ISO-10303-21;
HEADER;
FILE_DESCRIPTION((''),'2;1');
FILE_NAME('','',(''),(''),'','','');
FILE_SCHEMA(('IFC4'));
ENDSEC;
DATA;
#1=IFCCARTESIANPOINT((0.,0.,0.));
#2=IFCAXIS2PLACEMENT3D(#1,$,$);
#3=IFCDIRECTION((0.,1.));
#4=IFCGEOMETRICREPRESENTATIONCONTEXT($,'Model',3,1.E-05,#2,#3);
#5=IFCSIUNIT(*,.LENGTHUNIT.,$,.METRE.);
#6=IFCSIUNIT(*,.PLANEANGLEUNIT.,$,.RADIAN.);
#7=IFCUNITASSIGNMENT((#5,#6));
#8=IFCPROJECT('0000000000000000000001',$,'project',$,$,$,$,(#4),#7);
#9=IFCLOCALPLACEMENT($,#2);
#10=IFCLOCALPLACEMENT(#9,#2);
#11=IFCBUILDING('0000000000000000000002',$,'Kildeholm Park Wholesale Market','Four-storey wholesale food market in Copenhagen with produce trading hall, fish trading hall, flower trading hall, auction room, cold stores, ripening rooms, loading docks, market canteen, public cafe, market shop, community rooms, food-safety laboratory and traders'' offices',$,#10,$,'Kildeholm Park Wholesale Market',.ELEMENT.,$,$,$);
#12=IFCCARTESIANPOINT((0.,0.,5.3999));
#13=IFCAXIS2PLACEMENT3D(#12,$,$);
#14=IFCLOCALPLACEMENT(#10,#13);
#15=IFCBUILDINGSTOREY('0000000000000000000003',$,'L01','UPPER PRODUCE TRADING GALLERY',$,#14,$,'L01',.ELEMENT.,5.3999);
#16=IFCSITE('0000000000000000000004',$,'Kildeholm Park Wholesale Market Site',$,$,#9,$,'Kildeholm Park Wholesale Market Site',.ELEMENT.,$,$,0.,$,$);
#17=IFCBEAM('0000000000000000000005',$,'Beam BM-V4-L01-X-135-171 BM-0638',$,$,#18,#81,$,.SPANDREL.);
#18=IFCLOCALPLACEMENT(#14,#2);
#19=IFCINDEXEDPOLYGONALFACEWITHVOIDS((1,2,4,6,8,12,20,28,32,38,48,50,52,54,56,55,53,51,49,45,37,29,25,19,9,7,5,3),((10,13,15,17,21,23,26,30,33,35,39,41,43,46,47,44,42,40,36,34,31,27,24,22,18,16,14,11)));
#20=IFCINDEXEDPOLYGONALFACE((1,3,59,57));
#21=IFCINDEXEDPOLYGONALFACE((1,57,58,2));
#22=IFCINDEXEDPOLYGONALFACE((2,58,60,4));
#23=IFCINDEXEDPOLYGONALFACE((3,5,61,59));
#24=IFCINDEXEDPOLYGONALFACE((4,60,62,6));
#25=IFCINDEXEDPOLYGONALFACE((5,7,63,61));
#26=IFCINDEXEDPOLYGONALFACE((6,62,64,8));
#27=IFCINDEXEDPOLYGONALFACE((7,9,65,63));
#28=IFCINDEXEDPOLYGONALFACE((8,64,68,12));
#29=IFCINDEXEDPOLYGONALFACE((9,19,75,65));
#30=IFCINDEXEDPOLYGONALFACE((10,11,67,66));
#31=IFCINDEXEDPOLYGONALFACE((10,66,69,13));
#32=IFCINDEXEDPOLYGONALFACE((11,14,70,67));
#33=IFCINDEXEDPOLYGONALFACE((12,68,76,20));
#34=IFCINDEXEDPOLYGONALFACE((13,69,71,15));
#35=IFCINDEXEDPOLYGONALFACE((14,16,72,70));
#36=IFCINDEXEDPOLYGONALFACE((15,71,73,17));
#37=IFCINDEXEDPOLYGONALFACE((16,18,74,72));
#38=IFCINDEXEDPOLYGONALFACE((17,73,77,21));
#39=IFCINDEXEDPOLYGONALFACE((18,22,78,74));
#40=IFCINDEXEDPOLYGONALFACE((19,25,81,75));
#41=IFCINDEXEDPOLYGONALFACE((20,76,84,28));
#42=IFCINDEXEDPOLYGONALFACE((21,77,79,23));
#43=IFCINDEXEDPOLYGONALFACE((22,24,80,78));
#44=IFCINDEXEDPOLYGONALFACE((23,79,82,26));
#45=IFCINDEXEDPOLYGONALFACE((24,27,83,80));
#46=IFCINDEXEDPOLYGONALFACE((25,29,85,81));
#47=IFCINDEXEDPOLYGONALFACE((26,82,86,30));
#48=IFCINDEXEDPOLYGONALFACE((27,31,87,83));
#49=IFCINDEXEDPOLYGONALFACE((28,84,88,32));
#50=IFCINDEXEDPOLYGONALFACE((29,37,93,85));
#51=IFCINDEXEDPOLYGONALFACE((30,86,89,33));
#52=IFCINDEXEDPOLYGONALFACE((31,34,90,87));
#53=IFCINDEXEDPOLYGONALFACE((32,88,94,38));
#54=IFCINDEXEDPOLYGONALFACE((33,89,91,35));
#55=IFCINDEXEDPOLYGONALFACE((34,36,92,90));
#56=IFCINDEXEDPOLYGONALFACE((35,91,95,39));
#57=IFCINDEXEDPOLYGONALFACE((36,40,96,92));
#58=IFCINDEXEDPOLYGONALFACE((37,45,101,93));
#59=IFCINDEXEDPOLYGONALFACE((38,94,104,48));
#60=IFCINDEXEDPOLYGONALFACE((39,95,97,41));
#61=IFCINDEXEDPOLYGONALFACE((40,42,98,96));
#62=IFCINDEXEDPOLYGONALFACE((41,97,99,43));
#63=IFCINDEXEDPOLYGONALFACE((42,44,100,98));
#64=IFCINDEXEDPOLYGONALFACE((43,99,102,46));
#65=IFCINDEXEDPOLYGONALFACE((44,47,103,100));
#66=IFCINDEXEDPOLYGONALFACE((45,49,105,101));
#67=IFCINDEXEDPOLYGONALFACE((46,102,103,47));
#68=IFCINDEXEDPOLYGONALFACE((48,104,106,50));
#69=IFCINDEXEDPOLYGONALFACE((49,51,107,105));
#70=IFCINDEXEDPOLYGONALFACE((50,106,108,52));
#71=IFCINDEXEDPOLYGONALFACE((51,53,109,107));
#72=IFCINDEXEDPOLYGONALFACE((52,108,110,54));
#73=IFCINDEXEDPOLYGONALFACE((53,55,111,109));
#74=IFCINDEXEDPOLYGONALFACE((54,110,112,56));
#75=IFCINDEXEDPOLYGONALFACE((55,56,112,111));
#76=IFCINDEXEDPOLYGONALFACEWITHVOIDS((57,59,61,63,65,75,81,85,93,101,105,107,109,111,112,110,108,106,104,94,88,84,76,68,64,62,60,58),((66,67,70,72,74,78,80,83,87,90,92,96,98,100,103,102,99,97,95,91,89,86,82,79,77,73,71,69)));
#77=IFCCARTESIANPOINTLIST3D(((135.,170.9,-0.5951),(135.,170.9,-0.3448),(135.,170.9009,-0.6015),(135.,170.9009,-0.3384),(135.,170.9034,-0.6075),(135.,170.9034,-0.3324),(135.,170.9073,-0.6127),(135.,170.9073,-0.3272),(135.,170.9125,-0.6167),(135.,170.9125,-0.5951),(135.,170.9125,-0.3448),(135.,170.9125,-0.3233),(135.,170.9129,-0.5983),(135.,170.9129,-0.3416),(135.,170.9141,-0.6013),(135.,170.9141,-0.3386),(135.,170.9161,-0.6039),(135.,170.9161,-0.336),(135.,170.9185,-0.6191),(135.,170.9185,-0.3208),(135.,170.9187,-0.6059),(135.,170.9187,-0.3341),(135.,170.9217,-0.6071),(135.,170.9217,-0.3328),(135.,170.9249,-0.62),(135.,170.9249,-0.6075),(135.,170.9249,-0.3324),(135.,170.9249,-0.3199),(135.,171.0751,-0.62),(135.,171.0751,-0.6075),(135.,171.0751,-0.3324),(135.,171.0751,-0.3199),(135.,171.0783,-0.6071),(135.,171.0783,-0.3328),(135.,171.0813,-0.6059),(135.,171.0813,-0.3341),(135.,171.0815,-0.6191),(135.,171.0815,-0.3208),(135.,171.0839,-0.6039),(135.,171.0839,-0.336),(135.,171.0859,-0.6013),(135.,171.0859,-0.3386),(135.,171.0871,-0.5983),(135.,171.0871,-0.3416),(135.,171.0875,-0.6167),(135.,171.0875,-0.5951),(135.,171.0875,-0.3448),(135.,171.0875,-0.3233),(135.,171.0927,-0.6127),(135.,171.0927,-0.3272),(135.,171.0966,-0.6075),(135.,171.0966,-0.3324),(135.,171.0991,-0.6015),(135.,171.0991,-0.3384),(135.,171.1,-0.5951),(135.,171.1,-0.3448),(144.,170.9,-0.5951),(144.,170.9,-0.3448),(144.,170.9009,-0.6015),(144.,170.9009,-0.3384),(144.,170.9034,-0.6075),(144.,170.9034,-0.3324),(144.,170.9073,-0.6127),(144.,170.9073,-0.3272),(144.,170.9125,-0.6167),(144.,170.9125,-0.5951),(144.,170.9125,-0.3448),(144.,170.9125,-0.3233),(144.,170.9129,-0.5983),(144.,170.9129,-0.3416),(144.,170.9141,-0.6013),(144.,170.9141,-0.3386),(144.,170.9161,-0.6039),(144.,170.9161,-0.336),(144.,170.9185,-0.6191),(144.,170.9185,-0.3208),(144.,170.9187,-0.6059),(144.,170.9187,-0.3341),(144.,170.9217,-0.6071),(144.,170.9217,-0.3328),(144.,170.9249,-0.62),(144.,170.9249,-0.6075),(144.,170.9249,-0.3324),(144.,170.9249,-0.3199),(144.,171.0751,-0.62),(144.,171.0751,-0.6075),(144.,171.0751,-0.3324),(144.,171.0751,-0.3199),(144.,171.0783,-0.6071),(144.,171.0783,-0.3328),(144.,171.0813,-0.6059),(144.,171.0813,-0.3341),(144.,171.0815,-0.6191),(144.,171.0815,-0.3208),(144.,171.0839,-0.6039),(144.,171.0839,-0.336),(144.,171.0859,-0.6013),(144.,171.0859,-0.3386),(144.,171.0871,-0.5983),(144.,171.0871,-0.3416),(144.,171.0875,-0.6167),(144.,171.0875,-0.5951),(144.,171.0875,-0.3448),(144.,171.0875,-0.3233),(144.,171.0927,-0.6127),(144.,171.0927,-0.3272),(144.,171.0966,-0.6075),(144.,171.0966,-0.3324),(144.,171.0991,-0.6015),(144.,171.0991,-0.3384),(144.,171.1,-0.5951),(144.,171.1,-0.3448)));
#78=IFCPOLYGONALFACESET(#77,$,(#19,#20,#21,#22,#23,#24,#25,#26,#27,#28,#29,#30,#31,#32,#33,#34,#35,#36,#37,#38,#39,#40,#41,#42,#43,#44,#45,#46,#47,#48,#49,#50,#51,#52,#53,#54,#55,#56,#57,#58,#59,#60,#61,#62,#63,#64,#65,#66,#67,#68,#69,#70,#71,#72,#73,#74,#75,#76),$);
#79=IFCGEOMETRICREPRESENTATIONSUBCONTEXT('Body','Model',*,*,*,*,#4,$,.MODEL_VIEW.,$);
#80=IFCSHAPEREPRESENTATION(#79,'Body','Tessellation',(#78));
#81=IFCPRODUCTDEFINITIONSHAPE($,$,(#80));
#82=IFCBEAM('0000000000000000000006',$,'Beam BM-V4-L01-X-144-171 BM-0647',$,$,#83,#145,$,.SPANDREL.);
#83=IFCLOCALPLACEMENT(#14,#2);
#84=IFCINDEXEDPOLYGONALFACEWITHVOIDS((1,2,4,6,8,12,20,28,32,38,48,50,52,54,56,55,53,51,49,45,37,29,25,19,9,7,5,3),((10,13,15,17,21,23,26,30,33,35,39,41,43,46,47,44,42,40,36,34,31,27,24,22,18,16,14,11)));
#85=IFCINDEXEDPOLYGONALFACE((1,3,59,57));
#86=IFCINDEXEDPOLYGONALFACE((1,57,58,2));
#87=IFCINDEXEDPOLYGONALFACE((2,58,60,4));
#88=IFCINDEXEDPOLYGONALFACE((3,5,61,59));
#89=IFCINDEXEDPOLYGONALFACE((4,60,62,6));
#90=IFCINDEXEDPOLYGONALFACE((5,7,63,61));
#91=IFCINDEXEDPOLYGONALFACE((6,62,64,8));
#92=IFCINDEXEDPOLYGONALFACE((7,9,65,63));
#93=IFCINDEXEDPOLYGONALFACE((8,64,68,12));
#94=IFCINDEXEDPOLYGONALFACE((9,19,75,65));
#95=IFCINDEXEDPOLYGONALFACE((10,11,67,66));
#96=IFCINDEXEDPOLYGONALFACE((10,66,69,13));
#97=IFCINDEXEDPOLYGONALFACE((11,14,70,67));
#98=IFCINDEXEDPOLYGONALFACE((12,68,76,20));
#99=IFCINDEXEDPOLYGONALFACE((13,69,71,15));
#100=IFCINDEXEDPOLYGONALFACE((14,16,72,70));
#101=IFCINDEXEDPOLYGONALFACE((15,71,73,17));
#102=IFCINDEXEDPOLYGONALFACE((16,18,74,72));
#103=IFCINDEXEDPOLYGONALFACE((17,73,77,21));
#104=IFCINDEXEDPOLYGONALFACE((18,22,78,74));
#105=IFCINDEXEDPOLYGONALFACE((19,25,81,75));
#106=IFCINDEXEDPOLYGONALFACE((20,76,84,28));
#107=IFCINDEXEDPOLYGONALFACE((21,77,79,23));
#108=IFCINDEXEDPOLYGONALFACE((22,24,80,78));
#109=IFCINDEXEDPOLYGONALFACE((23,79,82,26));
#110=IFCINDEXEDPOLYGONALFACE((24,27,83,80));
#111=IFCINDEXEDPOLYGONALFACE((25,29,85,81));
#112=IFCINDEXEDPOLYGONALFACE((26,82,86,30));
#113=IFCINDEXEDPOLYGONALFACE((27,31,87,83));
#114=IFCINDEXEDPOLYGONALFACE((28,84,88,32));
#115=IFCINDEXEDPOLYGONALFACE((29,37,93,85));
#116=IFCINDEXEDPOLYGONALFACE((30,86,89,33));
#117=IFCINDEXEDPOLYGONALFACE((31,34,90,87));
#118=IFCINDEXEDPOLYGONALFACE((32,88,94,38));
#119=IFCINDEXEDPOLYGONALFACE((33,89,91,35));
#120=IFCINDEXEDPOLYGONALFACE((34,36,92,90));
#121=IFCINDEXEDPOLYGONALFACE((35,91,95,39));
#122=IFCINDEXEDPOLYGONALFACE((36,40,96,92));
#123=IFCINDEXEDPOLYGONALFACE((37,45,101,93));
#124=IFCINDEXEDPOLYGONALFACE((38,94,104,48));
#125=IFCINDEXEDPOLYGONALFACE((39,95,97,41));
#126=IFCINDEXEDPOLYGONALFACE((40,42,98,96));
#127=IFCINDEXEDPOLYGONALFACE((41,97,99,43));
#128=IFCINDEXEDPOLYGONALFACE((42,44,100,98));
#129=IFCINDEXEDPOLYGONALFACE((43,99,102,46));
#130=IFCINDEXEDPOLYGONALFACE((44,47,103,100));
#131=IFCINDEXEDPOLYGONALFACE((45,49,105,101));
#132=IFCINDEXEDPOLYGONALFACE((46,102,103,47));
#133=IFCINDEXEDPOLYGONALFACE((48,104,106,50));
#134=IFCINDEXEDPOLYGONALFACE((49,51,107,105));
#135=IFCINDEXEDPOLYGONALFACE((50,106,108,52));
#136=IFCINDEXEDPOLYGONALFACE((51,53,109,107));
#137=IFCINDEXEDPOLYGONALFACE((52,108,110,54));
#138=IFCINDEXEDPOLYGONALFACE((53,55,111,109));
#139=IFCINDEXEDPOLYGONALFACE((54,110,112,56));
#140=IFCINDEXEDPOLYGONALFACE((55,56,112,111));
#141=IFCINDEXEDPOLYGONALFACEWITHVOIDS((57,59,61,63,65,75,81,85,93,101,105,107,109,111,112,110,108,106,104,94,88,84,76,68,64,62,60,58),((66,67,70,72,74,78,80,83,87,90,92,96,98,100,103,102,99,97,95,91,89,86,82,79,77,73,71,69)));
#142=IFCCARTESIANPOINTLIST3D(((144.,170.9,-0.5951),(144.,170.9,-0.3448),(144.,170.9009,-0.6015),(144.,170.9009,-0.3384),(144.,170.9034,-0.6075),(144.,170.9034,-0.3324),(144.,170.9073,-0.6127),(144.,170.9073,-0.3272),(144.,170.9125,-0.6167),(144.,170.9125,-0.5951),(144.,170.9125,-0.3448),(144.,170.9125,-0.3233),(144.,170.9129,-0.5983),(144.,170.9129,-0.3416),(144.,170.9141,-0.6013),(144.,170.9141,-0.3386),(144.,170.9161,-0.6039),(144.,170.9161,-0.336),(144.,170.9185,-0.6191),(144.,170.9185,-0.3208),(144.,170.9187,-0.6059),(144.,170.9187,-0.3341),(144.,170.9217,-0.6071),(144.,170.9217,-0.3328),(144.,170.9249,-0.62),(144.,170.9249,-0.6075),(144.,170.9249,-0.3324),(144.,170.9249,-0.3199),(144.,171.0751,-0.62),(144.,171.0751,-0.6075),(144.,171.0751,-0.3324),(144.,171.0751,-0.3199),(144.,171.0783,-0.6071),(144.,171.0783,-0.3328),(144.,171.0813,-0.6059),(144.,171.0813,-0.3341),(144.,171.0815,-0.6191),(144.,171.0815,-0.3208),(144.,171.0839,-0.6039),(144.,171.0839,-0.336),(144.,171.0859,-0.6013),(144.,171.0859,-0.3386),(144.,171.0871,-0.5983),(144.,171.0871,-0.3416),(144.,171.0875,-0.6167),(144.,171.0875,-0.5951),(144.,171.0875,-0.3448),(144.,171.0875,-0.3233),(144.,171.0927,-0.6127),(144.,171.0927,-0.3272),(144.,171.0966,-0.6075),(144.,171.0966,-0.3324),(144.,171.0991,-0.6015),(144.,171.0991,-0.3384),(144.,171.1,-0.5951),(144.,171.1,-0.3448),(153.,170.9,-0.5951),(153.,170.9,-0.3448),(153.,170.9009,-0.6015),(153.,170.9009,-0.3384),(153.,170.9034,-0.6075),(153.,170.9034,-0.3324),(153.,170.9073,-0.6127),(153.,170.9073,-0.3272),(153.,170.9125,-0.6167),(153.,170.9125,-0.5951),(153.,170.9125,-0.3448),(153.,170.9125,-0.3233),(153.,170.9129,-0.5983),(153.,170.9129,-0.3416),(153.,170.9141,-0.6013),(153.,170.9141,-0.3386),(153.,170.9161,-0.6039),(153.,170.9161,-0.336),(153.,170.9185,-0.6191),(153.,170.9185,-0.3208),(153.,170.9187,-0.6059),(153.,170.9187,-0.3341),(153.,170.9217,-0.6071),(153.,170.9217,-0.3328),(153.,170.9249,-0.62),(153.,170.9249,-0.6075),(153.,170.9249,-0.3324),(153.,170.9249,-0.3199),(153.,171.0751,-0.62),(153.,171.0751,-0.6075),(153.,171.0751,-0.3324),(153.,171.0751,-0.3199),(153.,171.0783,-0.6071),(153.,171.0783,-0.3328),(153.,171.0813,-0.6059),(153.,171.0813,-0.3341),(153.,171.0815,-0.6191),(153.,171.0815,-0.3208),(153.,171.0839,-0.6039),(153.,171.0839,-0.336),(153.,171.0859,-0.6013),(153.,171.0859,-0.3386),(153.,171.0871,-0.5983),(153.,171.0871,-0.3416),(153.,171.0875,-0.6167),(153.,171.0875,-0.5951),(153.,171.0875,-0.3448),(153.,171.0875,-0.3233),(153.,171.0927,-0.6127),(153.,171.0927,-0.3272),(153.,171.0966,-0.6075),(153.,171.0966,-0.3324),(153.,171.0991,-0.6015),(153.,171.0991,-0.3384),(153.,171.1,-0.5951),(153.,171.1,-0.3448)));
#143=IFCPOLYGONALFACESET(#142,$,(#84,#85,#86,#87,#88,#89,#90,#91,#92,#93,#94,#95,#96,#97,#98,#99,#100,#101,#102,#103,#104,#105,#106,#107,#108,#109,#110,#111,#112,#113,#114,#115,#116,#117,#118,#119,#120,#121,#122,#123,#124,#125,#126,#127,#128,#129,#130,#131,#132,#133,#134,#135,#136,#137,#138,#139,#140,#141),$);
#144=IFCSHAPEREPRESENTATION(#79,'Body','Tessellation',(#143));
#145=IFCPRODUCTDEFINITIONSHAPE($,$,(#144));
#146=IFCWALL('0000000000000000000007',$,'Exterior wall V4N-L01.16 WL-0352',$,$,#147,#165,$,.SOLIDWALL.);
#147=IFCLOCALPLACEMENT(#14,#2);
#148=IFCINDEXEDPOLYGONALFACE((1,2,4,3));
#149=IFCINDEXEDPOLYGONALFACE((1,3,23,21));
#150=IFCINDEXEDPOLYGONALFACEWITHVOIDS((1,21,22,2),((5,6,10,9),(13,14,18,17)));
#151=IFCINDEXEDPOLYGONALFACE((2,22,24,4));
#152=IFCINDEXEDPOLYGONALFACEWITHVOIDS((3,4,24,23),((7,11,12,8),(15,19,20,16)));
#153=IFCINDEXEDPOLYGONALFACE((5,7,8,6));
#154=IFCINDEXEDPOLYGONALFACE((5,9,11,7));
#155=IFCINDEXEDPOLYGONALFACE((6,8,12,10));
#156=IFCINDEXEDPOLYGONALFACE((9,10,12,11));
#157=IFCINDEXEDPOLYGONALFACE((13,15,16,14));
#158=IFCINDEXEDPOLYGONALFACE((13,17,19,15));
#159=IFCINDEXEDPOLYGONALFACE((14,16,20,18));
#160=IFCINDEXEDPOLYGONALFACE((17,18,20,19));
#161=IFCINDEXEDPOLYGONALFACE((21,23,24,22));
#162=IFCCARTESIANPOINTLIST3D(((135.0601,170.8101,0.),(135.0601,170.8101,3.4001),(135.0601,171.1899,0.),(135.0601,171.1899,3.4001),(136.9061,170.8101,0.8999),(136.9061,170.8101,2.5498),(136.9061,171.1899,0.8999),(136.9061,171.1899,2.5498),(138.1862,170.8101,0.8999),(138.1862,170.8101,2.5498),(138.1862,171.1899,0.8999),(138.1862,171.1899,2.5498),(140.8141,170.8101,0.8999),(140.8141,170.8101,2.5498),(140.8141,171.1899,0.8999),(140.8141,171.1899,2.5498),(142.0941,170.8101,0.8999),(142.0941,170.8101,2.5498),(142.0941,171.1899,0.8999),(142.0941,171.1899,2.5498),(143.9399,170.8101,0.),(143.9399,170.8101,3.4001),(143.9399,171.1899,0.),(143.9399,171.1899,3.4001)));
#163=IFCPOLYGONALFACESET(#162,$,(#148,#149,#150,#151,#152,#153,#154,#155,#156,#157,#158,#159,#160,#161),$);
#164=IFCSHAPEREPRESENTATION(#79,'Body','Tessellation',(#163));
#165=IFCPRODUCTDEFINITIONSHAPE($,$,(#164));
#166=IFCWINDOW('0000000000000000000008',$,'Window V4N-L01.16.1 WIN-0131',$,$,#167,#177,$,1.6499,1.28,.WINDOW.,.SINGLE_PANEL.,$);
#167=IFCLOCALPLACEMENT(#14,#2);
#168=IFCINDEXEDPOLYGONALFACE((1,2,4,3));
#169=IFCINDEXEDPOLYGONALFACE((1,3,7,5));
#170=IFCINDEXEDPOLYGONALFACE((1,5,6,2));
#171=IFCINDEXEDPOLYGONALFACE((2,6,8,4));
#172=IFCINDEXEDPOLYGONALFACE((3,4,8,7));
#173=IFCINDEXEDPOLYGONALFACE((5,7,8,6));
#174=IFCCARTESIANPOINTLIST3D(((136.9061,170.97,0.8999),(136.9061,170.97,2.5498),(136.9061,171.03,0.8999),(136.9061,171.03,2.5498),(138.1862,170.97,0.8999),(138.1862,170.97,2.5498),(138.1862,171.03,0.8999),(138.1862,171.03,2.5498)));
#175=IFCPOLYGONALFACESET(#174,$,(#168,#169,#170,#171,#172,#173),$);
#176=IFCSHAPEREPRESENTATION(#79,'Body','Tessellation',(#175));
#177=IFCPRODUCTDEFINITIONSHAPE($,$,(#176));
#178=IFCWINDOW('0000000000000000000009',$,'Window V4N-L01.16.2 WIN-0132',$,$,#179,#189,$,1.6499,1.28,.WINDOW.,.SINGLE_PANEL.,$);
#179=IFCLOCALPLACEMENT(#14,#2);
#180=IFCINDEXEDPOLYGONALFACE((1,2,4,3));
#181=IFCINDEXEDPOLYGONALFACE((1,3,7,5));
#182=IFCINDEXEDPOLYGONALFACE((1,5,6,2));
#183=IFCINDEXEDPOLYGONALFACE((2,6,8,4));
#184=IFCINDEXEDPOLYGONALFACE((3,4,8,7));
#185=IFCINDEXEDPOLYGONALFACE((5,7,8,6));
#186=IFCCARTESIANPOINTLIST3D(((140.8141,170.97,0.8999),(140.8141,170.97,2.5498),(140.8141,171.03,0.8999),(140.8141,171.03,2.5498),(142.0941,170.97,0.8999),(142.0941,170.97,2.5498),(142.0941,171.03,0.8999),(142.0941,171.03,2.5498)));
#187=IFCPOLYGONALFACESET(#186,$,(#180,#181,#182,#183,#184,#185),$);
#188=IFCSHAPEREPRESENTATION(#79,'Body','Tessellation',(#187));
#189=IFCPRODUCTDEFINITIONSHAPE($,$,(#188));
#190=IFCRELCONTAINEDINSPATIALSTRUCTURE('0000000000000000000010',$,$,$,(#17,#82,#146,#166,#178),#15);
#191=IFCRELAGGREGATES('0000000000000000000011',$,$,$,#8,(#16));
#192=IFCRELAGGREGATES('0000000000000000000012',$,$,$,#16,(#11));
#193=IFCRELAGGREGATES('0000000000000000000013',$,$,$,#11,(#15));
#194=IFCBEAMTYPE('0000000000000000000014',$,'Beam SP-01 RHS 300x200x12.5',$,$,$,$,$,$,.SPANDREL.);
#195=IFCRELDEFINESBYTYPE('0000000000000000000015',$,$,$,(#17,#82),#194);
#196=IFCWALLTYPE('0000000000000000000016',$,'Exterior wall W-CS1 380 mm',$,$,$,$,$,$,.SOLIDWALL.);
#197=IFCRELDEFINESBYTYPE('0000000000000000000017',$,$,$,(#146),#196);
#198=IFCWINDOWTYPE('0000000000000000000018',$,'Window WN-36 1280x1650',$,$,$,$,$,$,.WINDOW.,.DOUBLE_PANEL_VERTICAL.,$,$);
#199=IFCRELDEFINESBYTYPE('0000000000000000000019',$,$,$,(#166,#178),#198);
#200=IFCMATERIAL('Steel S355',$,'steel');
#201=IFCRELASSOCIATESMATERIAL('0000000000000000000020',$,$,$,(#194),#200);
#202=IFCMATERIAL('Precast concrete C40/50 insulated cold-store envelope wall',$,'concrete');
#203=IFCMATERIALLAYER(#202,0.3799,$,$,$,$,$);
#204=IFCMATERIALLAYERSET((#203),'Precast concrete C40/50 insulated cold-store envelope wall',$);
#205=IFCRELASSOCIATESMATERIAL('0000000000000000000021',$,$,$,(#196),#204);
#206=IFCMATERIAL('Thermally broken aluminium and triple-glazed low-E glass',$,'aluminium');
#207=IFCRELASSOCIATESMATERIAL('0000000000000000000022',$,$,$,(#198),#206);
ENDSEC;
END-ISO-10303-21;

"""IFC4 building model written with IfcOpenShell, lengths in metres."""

from ifc_helpers import new_model, si_unit, direction, frame, frame_2d, origin, origin_2d, place, context, subcontext, project, spatial, rectangle, hollow_rectangle, extrude, material, layer, layer_set, material_profile, profile_set, type_object, element, fill, save


model = new_model("IFC4")

# Units and contexts
model_context = context("Model", 3, precision=1e-05, world=origin(), true_north=direction((0.0, 1.0)))
body_context = subcontext(model_context, "Body", "Model", "MODEL_VIEW")
ifc_project = project(units=[si_unit("LENGTHUNIT", "METRE"), si_unit("PLANEANGLEUNIT", "RADIAN")], contexts=[model_context])

# Site, building, storey
site_placement = place(None, origin())
site = spatial("IfcSite", under=ifc_project, at=site_placement, Name="Kildeholm Park Wholesale Market Site", LongName="Kildeholm Park Wholesale Market Site", CompositionType="ELEMENT", RefElevation=0.0)
building_placement = place(site_placement, origin())
building = spatial("IfcBuilding", under=site, at=building_placement, Name="Kildeholm Park Wholesale Market", Description="Four-storey wholesale food market in Copenhagen with produce trading hall, fish trading hall, flower trading hall, auction room, cold stores, ripening rooms, loading docks, market canteen, public cafe, market shop, community rooms, food-safety laboratory and traders' offices", LongName="Kildeholm Park Wholesale Market", CompositionType="ELEMENT")
storey_placement = place(building_placement, frame((0.0, 0.0, 5.3999)))
storey = spatial("IfcBuildingStorey", under=building, at=storey_placement, Name="L01", Description="UPPER PRODUCE TRADING GALLERY", LongName="L01", CompositionType="ELEMENT", Elevation=5.3999)

# Beams
ifc_material_1 = material(Name="Steel S355", Category="steel")
ifc_material_profile_1 = material_profile(ifc_material_1, hollow_rectangle(XDim=0.2, YDim=0.3, WallThickness=0.0125, InnerFilletRadius=0.0125, OuterFilletRadius=0.0249, at=origin_2d()), Name="RHS 300x200x12.5")
ifc_profile_set_1 = profile_set([ifc_material_profile_1], Name="Steel S355")
beam_type_1 = type_object("IfcBeamType", Name="Beam SP-01 RHS 300x200x12.5", PredefinedType="SPANDREL", material=ifc_profile_set_1)
for number, where, z_axis, x_axis, name in (
    (1, (135.0, 171.0, -0.47), (1.0, 0.0, 0.0), (0.0, 1.0, 0.0), "Beam BM-V4-L01-X-135-171 BM-0638"),
    (2, (144.0, 171.0, -0.47), (1.0, 0.0, 0.0), (0.0, 1.0, 0.0), "Beam BM-V4-L01-X-144-171 BM-0647"),
):
    element("IfcBeam", number, at=place(storey_placement, frame(where, z_axis=z_axis, x_axis=x_axis)), inside=storey, type_object=beam_type_1, Name=name, PredefinedType="SPANDREL", context=body_context, shape_type="SweptSolid", body=[
        extrude(hollow_rectangle(XDim=0.2, YDim=0.3, WallThickness=0.0125, InnerFilletRadius=0.0125, OuterFilletRadius=0.0249, at=origin_2d()), origin(), (0.0, 0.0, 1.0), 9.0),
    ])

# Wall, openings, windows
ifc_material_2 = material(Name="Precast concrete C40/50 insulated cold-store envelope wall", Category="concrete")
ifc_layer_1 = layer(ifc_material_2, 0.3799)
ifc_layer_set_1 = layer_set([ifc_layer_1], Name="Precast concrete C40/50 insulated cold-store envelope wall")
wall_type_1 = type_object("IfcWallType", Name="Exterior wall W-CS1 380 mm", PredefinedType="SOLIDWALL", material=ifc_layer_set_1)
wall_1_placement = place(storey_placement, frame((135.0601, 171.0, 0.0), z_axis=(0.0, 0.0, 1.0), x_axis=(1.0, 0.0, 0.0)))
wall_1 = element("IfcWall", 3, at=wall_1_placement, inside=storey, type_object=wall_type_1, Name="Exterior wall V4N-L01.16 WL-0352", PredefinedType="SOLIDWALL", context=body_context, shape_type="SweptSolid", body=[
    extrude(rectangle(XDim=8.8799, YDim=0.3799, at=frame_2d((4.4399, 0.0))), origin(), (0.0, 0.0, 1.0), 3.4001),
])
opening_1_placement = place(wall_1_placement, frame((1.8459, 0.0, 0.8999)))
opening_1 = element("IfcOpeningElement", 4, at=opening_1_placement, cuts=wall_1, PredefinedType="OPENING", context=body_context, shape_type="SweptSolid", body=[
    extrude(rectangle(XDim=1.28, YDim=1.6499, at=frame_2d((0.6401, 0.825))), frame((0.0, 0.2, 0.0), z_axis=(0.0, -1.0, 0.0), x_axis=(1.0, 0.0, 0.0)), (0.0, 0.0, 1.0), 0.3999),
])
opening_2_placement = place(wall_1_placement, frame((5.7539, 0.0, 0.8999)))
opening_2 = element("IfcOpeningElement", 5, at=opening_2_placement, cuts=wall_1, PredefinedType="OPENING", context=body_context, shape_type="SweptSolid", body=[
    extrude(rectangle(XDim=1.28, YDim=1.6499, at=frame_2d((0.6401, 0.825))), frame((0.0, 0.2, 0.0), z_axis=(0.0, -1.0, 0.0), x_axis=(1.0, 0.0, 0.0)), (0.0, 0.0, 1.0), 0.3999),
])
ifc_material_3 = material(Name="Thermally broken aluminium and triple-glazed low-E glass", Category="aluminium")
window_type_1 = type_object("IfcWindowType", Name="Window WN-36 1280x1650", PartitioningType="DOUBLE_PANEL_VERTICAL", PredefinedType="WINDOW", material=ifc_material_3)
window_1_placement = place(opening_1_placement, origin())
window_1 = element("IfcWindow", 6, at=window_1_placement, inside=storey, type_object=window_type_1, Name="Window V4N-L01.16.1 WIN-0131", OverallHeight=1.6499, OverallWidth=1.28, PartitioningType="SINGLE_PANEL", PredefinedType="WINDOW", context=body_context, shape_type="SweptSolid", body=[
    extrude(rectangle(XDim=1.28, YDim=1.6499, at=frame_2d((0.6401, 0.825))), frame((0.0, 0.03, 0.0), z_axis=(0.0, -1.0, 0.0), x_axis=(1.0, 0.0, 0.0)), (0.0, 0.0, 1.0), 0.0601),
])
fill(opening_1, window_1)
window_2_placement = place(opening_2_placement, origin())
window_2 = element("IfcWindow", 7, at=window_2_placement, inside=storey, type_object=window_type_1, Name="Window V4N-L01.16.2 WIN-0132", OverallHeight=1.6499, OverallWidth=1.28, PartitioningType="SINGLE_PANEL", PredefinedType="WINDOW", context=body_context, shape_type="SweptSolid", body=[
    extrude(rectangle(XDim=1.28, YDim=1.6499, at=frame_2d((0.6401, 0.825))), frame((0.0, 0.03, 0.0), z_axis=(0.0, -1.0, 0.0), x_axis=(1.0, 0.0, 0.0)), (0.0, 0.0, 1.0), 0.0601),
])
fill(opening_2, window_2)

save(model, "model.ifc")
